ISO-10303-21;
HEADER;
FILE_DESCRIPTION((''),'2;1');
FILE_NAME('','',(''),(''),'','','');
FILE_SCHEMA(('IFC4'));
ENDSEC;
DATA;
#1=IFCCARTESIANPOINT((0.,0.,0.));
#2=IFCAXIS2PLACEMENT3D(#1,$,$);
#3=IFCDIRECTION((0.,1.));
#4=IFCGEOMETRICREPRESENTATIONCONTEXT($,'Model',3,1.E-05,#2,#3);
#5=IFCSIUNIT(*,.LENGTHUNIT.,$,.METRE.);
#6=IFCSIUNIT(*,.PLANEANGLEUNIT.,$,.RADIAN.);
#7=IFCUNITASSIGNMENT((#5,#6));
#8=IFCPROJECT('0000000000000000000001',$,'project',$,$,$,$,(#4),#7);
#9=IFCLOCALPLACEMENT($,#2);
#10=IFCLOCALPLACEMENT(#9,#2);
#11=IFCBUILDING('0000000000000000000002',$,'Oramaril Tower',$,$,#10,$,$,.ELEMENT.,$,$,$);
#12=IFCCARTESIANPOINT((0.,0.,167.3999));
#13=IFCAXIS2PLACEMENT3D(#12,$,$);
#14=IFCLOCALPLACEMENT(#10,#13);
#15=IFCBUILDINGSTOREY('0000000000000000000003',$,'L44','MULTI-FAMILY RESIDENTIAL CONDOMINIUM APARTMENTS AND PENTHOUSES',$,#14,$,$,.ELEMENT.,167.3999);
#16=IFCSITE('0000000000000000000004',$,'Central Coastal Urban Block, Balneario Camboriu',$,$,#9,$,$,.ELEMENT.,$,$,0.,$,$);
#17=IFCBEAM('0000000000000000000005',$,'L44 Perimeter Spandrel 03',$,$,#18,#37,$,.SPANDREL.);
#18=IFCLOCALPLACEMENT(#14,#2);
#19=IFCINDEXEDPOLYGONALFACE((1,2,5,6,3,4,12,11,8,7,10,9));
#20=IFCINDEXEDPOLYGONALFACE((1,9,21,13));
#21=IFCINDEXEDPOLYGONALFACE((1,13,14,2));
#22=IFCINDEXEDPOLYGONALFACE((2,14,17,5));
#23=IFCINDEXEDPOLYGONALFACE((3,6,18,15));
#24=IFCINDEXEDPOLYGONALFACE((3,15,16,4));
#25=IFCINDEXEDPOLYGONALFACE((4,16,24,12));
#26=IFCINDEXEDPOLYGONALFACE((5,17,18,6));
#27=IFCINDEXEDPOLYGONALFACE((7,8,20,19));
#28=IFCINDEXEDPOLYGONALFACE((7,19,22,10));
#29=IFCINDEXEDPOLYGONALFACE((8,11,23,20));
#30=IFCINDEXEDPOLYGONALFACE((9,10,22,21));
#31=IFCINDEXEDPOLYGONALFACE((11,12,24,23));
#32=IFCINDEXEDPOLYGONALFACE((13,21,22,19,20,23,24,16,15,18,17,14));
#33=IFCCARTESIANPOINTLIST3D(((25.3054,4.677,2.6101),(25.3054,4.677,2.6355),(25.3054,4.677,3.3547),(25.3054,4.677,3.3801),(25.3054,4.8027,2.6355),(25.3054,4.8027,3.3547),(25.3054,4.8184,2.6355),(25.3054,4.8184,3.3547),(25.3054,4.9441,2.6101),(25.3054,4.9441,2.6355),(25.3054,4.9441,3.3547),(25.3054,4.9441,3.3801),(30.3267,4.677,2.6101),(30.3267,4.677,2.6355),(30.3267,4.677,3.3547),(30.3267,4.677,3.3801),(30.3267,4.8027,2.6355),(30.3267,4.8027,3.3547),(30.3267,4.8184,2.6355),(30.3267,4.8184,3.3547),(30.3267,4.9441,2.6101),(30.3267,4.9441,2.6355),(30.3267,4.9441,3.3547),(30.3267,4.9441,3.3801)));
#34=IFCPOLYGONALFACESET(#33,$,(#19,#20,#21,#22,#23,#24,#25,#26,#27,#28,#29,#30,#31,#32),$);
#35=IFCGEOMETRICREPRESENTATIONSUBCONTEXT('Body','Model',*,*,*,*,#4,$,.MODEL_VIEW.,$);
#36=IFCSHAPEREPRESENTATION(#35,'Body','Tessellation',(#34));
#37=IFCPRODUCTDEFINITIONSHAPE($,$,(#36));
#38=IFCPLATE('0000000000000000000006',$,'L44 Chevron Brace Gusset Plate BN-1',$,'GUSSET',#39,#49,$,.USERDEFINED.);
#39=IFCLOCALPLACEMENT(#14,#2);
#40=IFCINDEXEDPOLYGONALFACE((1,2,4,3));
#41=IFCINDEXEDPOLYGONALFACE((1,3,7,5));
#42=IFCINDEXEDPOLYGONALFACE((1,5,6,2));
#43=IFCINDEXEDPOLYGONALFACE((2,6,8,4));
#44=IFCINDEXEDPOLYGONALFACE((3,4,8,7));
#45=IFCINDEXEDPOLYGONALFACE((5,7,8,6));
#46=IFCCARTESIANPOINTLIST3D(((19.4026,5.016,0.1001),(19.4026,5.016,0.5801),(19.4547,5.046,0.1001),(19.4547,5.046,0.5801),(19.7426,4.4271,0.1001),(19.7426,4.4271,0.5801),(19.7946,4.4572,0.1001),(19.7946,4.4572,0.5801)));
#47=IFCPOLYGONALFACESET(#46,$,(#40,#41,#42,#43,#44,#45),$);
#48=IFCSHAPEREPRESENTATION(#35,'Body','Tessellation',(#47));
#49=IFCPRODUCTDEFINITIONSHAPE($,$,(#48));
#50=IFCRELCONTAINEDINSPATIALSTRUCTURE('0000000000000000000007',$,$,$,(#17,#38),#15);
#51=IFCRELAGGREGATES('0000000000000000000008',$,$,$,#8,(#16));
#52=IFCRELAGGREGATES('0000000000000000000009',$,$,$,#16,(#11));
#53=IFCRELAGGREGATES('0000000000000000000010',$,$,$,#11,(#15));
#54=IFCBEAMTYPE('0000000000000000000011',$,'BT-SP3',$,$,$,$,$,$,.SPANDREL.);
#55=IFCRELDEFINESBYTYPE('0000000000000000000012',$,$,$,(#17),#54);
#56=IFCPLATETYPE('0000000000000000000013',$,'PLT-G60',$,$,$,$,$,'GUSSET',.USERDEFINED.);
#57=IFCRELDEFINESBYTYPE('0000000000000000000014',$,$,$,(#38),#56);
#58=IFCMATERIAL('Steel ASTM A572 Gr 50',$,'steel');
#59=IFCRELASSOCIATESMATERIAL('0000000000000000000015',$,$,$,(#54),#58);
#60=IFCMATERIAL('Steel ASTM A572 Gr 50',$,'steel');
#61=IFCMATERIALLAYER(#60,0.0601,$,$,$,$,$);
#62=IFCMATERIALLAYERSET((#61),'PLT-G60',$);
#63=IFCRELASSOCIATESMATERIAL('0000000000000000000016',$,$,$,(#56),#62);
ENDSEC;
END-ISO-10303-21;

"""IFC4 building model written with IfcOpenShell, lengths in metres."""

from ifc_helpers import new_model, si_unit, direction, frame, origin, origin_2d, place, context, subcontext, project, spatial, rectangle, i_section, extrude, material, layer, layer_set, material_profile, profile_set, type_object, element, save


model = new_model("IFC4")

# Units and contexts
model_context = context("Model", 3, precision=1e-05, world=origin(), true_north=direction((0.0, 1.0)))
body_context = subcontext(model_context, "Body", "Model", "MODEL_VIEW")
ifc_project = project(units=[si_unit("LENGTHUNIT", "METRE"), si_unit("PLANEANGLEUNIT", "RADIAN")], contexts=[model_context])

# Site, building, storey
site_placement = place(None, origin())
site = spatial("IfcSite", under=ifc_project, at=site_placement, Name="Central Coastal Urban Block, Balneario Camboriu", CompositionType="ELEMENT", RefElevation=0.0)
building_placement = place(site_placement, origin())
building = spatial("IfcBuilding", under=site, at=building_placement, Name="Oramaril Tower", CompositionType="ELEMENT")
storey_placement = place(building_placement, frame((0.0, 0.0, 167.3999)))
storey = spatial("IfcBuildingStorey", under=building, at=storey_placement, Name="L44", Description="MULTI-FAMILY RESIDENTIAL CONDOMINIUM APARTMENTS AND PENTHOUSES", CompositionType="ELEMENT", Elevation=167.3999)

# Beam
ifc_material_1 = material(Name="Steel ASTM A572 Gr 50", Category="steel")
ifc_material_profile = material_profile(ifc_material_1, i_section(OverallWidth=0.2671, OverallDepth=0.77, WebThickness=0.0156, FlangeThickness=0.0254, at=origin_2d()), Name="W30X132")
ifc_profile_set = profile_set([ifc_material_profile], Name="Steel ASTM A572 Gr 50")
beam_type = type_object("IfcBeamType", Name="BT-SP3", PredefinedType="SPANDREL", material=ifc_profile_set)
beam_placement = place(storey_placement, frame((25.3054, 4.8105, 2.9951), z_axis=(1.0, 0.0, 0.0), x_axis=(0.0, 1.0, 0.0)))
element("IfcBeam", 1, at=beam_placement, inside=storey, type_object=beam_type, Name="L44 Perimeter Spandrel 03", PredefinedType="SPANDREL", context=body_context, shape_type="SweptSolid", body=[
    extrude(i_section(OverallWidth=0.2671, OverallDepth=0.77, WebThickness=0.0156, FlangeThickness=0.0254, at=origin_2d()), origin(), (0.0, 0.0, 1.0), 5.0212),
])

# Plate
ifc_material_2 = material(Name="Steel ASTM A572 Gr 50", Category="steel")
ifc_layer_1 = layer(ifc_material_2, 0.0601)
ifc_layer_set_1 = layer_set([ifc_layer_1], Name="PLT-G60")
plate_type = type_object("IfcPlateType", Name="PLT-G60", ElementType="GUSSET", PredefinedType="USERDEFINED", material=ifc_layer_set_1)
plate_placement = place(storey_placement, frame((19.5986, 4.7366, 0.1001), z_axis=(0.0, 0.0, 1.0), x_axis=(0.499997, -0.866027, 0.0)))
element("IfcPlate", 2, at=plate_placement, inside=storey, type_object=plate_type, Name="L44 Chevron Brace Gusset Plate BN-1", ObjectType="GUSSET", PredefinedType="USERDEFINED", context=body_context, shape_type="SweptSolid", body=[
    extrude(rectangle(XDim=0.6799, YDim=0.0601, at=origin_2d()), origin(), (0.0, 0.0, 1.0), 0.48),
])

save(model, "model.ifc")
